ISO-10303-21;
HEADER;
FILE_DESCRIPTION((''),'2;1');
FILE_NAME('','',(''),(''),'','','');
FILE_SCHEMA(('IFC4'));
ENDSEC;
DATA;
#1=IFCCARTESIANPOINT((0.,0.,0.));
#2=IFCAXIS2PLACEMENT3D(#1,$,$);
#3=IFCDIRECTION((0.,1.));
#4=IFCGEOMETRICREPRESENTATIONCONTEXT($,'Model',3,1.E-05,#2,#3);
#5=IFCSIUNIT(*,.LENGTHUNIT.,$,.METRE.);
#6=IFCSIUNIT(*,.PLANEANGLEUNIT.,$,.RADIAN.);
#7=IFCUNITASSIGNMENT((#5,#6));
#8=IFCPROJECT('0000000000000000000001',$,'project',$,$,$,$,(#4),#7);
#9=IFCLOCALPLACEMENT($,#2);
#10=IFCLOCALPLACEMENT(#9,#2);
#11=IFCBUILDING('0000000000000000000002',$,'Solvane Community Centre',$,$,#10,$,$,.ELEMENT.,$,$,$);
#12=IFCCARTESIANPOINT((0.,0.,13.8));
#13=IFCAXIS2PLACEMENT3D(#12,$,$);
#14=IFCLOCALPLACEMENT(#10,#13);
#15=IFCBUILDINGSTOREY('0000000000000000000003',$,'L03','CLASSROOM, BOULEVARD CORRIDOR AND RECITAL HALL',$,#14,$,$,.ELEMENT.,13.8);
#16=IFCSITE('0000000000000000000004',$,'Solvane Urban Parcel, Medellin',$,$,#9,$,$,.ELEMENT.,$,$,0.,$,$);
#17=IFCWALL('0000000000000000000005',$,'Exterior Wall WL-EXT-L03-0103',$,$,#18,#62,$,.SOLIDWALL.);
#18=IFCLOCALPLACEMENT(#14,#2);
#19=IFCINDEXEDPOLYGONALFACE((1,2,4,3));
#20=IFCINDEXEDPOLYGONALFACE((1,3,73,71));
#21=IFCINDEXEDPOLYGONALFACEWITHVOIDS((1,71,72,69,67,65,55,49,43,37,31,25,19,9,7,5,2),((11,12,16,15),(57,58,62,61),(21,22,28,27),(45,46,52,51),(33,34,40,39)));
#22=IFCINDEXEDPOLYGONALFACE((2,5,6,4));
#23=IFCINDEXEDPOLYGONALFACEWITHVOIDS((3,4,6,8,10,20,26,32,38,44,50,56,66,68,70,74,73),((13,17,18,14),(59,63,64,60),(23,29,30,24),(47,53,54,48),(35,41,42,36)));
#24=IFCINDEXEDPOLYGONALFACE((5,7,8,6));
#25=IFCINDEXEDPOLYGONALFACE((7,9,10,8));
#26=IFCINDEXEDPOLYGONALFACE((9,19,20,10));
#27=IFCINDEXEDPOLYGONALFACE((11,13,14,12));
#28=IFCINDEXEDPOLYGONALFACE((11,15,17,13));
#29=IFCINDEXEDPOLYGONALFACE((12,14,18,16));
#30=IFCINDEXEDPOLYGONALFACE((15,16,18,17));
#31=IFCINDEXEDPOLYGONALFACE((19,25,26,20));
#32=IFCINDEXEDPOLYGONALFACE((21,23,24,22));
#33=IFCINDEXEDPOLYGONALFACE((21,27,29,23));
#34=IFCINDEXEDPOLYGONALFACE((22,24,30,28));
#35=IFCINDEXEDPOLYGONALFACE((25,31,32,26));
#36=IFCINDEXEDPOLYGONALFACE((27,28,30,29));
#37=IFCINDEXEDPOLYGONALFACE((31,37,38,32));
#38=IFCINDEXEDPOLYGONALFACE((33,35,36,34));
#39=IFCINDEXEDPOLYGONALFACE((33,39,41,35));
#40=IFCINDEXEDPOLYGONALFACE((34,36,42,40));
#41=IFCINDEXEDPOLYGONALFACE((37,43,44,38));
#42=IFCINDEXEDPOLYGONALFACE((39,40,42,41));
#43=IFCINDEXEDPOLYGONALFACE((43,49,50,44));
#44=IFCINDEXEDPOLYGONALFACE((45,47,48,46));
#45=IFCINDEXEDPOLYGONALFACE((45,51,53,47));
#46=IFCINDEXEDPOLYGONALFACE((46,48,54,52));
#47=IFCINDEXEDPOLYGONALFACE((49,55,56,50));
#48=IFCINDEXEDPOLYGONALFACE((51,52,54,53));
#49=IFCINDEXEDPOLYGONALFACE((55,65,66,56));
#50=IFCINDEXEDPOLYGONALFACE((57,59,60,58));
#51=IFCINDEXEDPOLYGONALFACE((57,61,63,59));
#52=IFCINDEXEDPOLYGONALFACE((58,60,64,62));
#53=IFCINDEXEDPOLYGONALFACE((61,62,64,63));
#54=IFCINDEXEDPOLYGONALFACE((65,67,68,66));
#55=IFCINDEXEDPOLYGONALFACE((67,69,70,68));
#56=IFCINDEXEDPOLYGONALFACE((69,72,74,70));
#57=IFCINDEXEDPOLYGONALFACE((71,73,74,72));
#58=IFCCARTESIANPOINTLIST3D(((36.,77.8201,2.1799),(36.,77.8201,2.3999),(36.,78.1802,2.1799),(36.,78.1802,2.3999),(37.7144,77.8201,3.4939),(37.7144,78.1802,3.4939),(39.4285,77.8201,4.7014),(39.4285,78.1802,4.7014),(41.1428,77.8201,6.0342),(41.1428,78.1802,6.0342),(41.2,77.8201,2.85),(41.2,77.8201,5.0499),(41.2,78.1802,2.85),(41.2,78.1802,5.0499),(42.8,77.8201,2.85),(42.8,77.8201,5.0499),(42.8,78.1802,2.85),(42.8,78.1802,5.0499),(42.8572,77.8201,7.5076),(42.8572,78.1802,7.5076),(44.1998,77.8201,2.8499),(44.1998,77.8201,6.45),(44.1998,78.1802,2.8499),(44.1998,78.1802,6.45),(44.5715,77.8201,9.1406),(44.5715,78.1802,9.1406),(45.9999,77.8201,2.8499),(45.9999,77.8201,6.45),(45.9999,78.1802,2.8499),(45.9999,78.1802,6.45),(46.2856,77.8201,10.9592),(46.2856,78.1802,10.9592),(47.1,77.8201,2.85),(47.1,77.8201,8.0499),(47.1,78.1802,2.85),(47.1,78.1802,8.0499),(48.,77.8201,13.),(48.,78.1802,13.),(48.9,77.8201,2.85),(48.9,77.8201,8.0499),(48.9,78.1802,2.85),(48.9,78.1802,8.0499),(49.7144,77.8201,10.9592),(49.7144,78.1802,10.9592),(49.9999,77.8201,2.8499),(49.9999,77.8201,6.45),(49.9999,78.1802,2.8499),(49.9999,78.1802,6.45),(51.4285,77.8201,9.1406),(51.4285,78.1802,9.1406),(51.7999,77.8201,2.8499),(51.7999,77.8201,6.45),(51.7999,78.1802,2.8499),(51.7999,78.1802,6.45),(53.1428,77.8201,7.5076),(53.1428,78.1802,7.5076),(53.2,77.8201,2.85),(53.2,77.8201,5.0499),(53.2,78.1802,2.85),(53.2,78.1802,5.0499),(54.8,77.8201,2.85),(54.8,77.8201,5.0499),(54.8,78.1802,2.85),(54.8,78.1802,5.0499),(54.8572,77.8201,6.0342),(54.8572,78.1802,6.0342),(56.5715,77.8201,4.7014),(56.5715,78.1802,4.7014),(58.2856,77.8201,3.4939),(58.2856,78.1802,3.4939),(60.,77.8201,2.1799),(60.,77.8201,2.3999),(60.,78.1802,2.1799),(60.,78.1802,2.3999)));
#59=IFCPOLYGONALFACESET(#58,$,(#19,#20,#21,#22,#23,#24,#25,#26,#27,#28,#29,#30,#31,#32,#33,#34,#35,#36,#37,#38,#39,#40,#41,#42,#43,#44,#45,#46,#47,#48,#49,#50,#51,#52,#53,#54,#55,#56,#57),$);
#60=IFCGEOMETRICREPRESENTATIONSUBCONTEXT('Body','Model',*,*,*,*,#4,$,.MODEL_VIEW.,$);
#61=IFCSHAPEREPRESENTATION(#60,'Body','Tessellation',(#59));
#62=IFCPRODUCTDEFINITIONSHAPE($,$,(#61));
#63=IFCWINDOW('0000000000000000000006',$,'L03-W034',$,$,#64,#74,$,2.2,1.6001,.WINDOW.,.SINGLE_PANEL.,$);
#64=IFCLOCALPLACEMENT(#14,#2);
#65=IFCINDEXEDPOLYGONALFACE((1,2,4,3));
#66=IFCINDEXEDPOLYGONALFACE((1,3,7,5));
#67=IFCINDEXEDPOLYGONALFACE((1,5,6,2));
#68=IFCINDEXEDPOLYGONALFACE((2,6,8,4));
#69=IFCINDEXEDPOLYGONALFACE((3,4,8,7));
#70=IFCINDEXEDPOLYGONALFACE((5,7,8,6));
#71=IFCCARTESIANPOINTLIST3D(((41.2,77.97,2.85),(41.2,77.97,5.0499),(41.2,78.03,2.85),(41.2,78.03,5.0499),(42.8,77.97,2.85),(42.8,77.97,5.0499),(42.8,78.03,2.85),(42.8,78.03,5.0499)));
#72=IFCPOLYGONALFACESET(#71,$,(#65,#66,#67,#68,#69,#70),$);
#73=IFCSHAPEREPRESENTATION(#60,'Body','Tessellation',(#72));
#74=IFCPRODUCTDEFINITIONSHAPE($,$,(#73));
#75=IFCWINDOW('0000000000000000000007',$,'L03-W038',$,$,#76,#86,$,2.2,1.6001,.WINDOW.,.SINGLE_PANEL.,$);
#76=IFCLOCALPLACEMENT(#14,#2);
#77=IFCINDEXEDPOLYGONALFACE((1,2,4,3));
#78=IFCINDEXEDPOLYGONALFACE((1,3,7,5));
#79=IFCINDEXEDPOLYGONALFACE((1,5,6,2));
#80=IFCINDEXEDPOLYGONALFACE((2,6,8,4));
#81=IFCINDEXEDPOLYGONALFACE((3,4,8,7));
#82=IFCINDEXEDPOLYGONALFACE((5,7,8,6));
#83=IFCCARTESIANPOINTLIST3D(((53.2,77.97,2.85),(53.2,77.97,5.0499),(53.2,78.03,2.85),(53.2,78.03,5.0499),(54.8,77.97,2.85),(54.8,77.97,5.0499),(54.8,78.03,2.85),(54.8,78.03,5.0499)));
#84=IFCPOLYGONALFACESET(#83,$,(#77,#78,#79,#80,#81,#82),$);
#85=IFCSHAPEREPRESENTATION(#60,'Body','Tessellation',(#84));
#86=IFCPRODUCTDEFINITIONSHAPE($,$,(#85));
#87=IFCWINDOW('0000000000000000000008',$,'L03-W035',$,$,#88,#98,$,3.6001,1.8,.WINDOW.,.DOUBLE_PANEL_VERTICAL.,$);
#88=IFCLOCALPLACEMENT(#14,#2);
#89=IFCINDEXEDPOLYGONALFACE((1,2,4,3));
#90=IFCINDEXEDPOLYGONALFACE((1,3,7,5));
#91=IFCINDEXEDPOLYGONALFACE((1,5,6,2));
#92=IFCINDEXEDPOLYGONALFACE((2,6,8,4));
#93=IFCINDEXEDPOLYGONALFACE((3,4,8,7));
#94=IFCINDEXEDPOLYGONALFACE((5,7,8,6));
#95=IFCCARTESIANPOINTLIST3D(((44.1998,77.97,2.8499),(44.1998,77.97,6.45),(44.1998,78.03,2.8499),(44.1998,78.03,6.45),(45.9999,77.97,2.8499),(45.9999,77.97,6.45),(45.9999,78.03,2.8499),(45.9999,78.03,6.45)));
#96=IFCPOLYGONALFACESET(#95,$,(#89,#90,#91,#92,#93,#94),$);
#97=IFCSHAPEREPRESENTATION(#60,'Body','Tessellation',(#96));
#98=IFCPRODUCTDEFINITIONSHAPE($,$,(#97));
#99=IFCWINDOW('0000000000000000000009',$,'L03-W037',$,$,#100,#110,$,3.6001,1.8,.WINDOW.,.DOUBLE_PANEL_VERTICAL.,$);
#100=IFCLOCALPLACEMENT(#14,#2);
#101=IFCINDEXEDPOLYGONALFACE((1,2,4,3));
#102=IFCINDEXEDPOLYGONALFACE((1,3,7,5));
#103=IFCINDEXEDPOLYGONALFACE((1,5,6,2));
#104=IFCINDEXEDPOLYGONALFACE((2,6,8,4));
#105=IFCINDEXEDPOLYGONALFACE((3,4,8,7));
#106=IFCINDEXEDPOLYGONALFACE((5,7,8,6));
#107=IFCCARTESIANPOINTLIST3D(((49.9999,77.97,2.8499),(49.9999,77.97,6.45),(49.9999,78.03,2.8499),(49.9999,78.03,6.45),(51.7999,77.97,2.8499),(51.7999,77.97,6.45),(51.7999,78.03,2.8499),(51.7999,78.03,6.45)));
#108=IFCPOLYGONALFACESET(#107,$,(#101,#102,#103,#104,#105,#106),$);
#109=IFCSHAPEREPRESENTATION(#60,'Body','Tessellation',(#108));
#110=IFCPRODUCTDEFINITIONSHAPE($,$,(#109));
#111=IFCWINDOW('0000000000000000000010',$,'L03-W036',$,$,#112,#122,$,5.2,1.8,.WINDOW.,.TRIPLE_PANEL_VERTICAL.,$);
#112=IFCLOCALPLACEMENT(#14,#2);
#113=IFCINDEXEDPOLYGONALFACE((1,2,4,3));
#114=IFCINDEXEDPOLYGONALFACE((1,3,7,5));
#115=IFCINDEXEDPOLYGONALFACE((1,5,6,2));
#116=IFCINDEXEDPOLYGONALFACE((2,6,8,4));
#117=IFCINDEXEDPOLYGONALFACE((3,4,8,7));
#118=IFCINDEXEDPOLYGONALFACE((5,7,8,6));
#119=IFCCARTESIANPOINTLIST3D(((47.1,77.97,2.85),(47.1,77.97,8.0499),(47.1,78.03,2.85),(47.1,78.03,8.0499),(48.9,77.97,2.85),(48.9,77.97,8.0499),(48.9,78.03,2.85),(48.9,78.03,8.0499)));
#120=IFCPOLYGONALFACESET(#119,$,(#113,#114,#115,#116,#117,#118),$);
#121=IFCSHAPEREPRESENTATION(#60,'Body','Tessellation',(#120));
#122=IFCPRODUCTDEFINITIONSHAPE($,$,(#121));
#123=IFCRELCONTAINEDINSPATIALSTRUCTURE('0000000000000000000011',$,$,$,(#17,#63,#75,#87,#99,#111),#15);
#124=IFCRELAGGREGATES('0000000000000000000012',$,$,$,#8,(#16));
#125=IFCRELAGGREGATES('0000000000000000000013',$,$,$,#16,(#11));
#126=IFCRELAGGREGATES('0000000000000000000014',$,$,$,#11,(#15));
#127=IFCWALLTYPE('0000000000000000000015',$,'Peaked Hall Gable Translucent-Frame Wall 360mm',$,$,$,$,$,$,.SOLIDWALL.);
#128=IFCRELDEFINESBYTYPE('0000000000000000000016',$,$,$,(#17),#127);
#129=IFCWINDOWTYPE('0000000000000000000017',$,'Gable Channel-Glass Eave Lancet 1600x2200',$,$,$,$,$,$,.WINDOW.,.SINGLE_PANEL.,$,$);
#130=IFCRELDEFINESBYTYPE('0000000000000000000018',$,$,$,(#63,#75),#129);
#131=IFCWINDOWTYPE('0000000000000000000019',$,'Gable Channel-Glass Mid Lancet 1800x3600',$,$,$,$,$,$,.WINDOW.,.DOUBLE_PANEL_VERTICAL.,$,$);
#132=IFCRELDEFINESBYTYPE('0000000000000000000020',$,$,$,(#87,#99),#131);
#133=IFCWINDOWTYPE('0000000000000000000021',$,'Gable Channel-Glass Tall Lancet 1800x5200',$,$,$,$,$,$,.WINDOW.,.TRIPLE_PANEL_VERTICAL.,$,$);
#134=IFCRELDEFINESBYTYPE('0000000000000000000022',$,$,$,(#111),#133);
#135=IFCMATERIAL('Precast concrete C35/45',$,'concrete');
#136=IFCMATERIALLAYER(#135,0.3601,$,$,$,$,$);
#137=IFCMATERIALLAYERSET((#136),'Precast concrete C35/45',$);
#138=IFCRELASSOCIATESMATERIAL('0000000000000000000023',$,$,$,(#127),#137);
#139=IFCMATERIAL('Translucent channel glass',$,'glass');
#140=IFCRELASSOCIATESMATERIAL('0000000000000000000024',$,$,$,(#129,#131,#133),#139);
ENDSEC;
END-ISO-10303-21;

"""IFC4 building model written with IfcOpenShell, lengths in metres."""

from ifc_helpers import new_model, si_unit, direction, frame, frame_2d, origin, place, context, subcontext, project, spatial, polyline, rectangle, outline, extrude, material, layer, layer_set, type_object, element, fill, save


model = new_model("IFC4")

# Units and contexts
model_context = context("Model", 3, precision=1e-05, world=origin(), true_north=direction((0.0, 1.0)))
body_context = subcontext(model_context, "Body", "Model", "MODEL_VIEW")
ifc_project = project(units=[si_unit("LENGTHUNIT", "METRE"), si_unit("PLANEANGLEUNIT", "RADIAN")], contexts=[model_context])

# Site, building, storey
site_placement = place(None, origin())
site = spatial("IfcSite", under=ifc_project, at=site_placement, Name="Solvane Urban Parcel, Medellin", CompositionType="ELEMENT", RefElevation=0.0)
building_placement = place(site_placement, origin())
building = spatial("IfcBuilding", under=site, at=building_placement, Name="Solvane Community Centre", CompositionType="ELEMENT")
storey_placement = place(building_placement, frame((0.0, 0.0, 13.8)))
storey = spatial("IfcBuildingStorey", under=building, at=storey_placement, Name="L03", Description="CLASSROOM, BOULEVARD CORRIDOR AND RECITAL HALL", CompositionType="ELEMENT", Elevation=13.8)

# Wall, openings, windows
ifc_material_1 = material(Name="Precast concrete C35/45", Category="concrete")
ifc_layer_1 = layer(ifc_material_1, 0.3601)
ifc_layer_set_1 = layer_set([ifc_layer_1], Name="Precast concrete C35/45")
wall_type = type_object("IfcWallType", Name="Peaked Hall Gable Translucent-Frame Wall 360mm", PredefinedType="SOLIDWALL", material=ifc_layer_set_1)
wall_placement = place(storey_placement, frame((36.0, 78.0, 2.1799), z_axis=(0.0, 0.0, 1.0), x_axis=(1.0, 0.0, 0.0)))
wall = element("IfcWall", 1, at=wall_placement, inside=storey, type_object=wall_type, Name="Exterior Wall WL-EXT-L03-0103", PredefinedType="SOLIDWALL", context=body_context, shape_type="SweptSolid", body=[
    extrude(outline(polyline([(0.0, 0.0), (24.0, 0.0), (24.0, 0.22), (22.2856, 1.314), (20.5715, 2.5215), (18.8572, 3.8542), (17.1428, 5.3276), (15.4285, 6.9607), (13.7144, 8.7793), (12.0, 10.8201), (10.2856, 8.7793), (8.5715, 6.9607), (6.8572, 5.3276), (5.1428, 3.8542), (3.4285, 2.5215), (1.7144, 1.314), (0.0, 0.22), (0.0, 0.0)])), frame((0.0, 0.1802, 0.0), z_axis=(0.0, -1.0, 0.0), x_axis=(1.0, 0.0, 0.0)), (0.0, 0.0, 1.0), 0.3601),
])
opening_1_placement = place(wall_placement, frame((5.2, 0.0, 0.6699)))
opening_1 = element("IfcOpeningElement", 2, at=opening_1_placement, cuts=wall, PredefinedType="OPENING", context=body_context, shape_type="SweptSolid", body=[
    extrude(rectangle(XDim=1.6001, YDim=2.2, at=frame_2d((0.8, 1.1001))), frame((0.0, 0.1899, 0.0), z_axis=(0.0, -1.0, 0.0), x_axis=(1.0, 0.0, 0.0)), (0.0, 0.0, 1.0), 0.3801),
])
opening_2_placement = place(wall_placement, frame((8.2, 0.0, 0.6699)))
opening_2 = element("IfcOpeningElement", 3, at=opening_2_placement, cuts=wall, PredefinedType="OPENING", context=body_context, shape_type="SweptSolid", body=[
    extrude(rectangle(XDim=1.8, YDim=3.6001, at=frame_2d((0.8999, 1.8))), frame((0.0, 0.1899, 0.0), z_axis=(0.0, -1.0, 0.0), x_axis=(1.0, 0.0, 0.0)), (0.0, 0.0, 1.0), 0.3801),
])
opening_3_placement = place(wall_placement, frame((11.1001, 0.0, 0.6699)))
opening_3 = element("IfcOpeningElement", 4, at=opening_3_placement, cuts=wall, PredefinedType="OPENING", context=body_context, shape_type="SweptSolid", body=[
    extrude(rectangle(XDim=1.8, YDim=5.2, at=frame_2d((0.8999, 2.6001))), frame((0.0, 0.1899, 0.0), z_axis=(0.0, -1.0, 0.0), x_axis=(1.0, 0.0, 0.0)), (0.0, 0.0, 1.0), 0.3801),
])
opening_4_placement = place(wall_placement, frame((14.0, 0.0, 0.6699)))
opening_4 = element("IfcOpeningElement", 5, at=opening_4_placement, cuts=wall, PredefinedType="OPENING", context=body_context, shape_type="SweptSolid", body=[
    extrude(rectangle(XDim=1.8, YDim=3.6001, at=frame_2d((0.8999, 1.8))), frame((0.0, 0.1899, 0.0), z_axis=(0.0, -1.0, 0.0), x_axis=(1.0, 0.0, 0.0)), (0.0, 0.0, 1.0), 0.3801),
])
opening_5_placement = place(wall_placement, frame((17.2, 0.0, 0.6699)))
opening_5 = element("IfcOpeningElement", 6, at=opening_5_placement, cuts=wall, PredefinedType="OPENING", context=body_context, shape_type="SweptSolid", body=[
    extrude(rectangle(XDim=1.6001, YDim=2.2, at=frame_2d((0.8, 1.1001))), frame((0.0, 0.1899, 0.0), z_axis=(0.0, -1.0, 0.0), x_axis=(1.0, 0.0, 0.0)), (0.0, 0.0, 1.0), 0.3801),
])
ifc_material_2 = material(Name="Translucent channel glass", Category="glass")
window_type_1 = type_object("IfcWindowType", Name="Gable Channel-Glass Eave Lancet 1600x2200", PartitioningType="SINGLE_PANEL", PredefinedType="WINDOW", material=ifc_material_2)
window_1_placement = place(opening_1_placement, origin())
window_1 = element("IfcWindow", 7, at=window_1_placement, inside=storey, type_object=window_type_1, Name="L03-W034", OverallHeight=2.2, OverallWidth=1.6001, PartitioningType="SINGLE_PANEL", PredefinedType="WINDOW", context=body_context, shape_type="SweptSolid", body=[
    extrude(rectangle(XDim=1.6001, YDim=2.2, at=frame_2d((0.8, 1.1001))), frame((0.0, 0.03, 0.0), z_axis=(0.0, -1.0, 0.0), x_axis=(1.0, 0.0, 0.0)), (0.0, 0.0, 1.0), 0.0601),
])
fill(opening_1, window_1)
window_2_placement = place(opening_5_placement, origin())
window_2 = element("IfcWindow", 8, at=window_2_placement, inside=storey, type_object=window_type_1, Name="L03-W038", OverallHeight=2.2, OverallWidth=1.6001, PartitioningType="SINGLE_PANEL", PredefinedType="WINDOW", context=body_context, shape_type="SweptSolid", body=[
    extrude(rectangle(XDim=1.6001, YDim=2.2, at=frame_2d((0.8, 1.1001))), frame((0.0, 0.03, 0.0), z_axis=(0.0, -1.0, 0.0), x_axis=(1.0, 0.0, 0.0)), (0.0, 0.0, 1.0), 0.0601),
])
fill(opening_5, window_2)
window_type_2 = type_object("IfcWindowType", Name="Gable Channel-Glass Mid Lancet 1800x3600", PartitioningType="DOUBLE_PANEL_VERTICAL", PredefinedType="WINDOW", material=ifc_material_2)
window_3_placement = place(opening_2_placement, origin())
window_3 = element("IfcWindow", 9, at=window_3_placement, inside=storey, type_object=window_type_2, Name="L03-W035", OverallHeight=3.6001, OverallWidth=1.8, PartitioningType="DOUBLE_PANEL_VERTICAL", PredefinedType="WINDOW", context=body_context, shape_type="SweptSolid", body=[
    extrude(rectangle(XDim=1.8, YDim=3.6001, at=frame_2d((0.8999, 1.8))), frame((0.0, 0.03, 0.0), z_axis=(0.0, -1.0, 0.0), x_axis=(1.0, 0.0, 0.0)), (0.0, 0.0, 1.0), 0.0601),
])
fill(opening_2, window_3)
window_4_placement = place(opening_4_placement, origin())
window_4 = element("IfcWindow", 10, at=window_4_placement, inside=storey, type_object=window_type_2, Name="L03-W037", OverallHeight=3.6001, OverallWidth=1.8, PartitioningType="DOUBLE_PANEL_VERTICAL", PredefinedType="WINDOW", context=body_context, shape_type="SweptSolid", body=[
    extrude(rectangle(XDim=1.8, YDim=3.6001, at=frame_2d((0.8999, 1.8))), frame((0.0, 0.03, 0.0), z_axis=(0.0, -1.0, 0.0), x_axis=(1.0, 0.0, 0.0)), (0.0, 0.0, 1.0), 0.0601),
])
fill(opening_4, window_4)
window_type_3 = type_object("IfcWindowType", Name="Gable Channel-Glass Tall Lancet 1800x5200", PartitioningType="TRIPLE_PANEL_VERTICAL", PredefinedType="WINDOW", material=ifc_material_2)
window_5_placement = place(opening_3_placement, origin())
window_5 = element("IfcWindow", 11, at=window_5_placement, inside=storey, type_object=window_type_3, Name="L03-W036", OverallHeight=5.2, OverallWidth=1.8, PartitioningType="TRIPLE_PANEL_VERTICAL", PredefinedType="WINDOW", context=body_context, shape_type="SweptSolid", body=[
    extrude(rectangle(XDim=1.8, YDim=5.2, at=frame_2d((0.8999, 2.6001))), frame((0.0, 0.03, 0.0), z_axis=(0.0, -1.0, 0.0), x_axis=(1.0, 0.0, 0.0)), (0.0, 0.0, 1.0), 0.0601),
])
fill(opening_3, window_5)

save(model, "model.ifc")
